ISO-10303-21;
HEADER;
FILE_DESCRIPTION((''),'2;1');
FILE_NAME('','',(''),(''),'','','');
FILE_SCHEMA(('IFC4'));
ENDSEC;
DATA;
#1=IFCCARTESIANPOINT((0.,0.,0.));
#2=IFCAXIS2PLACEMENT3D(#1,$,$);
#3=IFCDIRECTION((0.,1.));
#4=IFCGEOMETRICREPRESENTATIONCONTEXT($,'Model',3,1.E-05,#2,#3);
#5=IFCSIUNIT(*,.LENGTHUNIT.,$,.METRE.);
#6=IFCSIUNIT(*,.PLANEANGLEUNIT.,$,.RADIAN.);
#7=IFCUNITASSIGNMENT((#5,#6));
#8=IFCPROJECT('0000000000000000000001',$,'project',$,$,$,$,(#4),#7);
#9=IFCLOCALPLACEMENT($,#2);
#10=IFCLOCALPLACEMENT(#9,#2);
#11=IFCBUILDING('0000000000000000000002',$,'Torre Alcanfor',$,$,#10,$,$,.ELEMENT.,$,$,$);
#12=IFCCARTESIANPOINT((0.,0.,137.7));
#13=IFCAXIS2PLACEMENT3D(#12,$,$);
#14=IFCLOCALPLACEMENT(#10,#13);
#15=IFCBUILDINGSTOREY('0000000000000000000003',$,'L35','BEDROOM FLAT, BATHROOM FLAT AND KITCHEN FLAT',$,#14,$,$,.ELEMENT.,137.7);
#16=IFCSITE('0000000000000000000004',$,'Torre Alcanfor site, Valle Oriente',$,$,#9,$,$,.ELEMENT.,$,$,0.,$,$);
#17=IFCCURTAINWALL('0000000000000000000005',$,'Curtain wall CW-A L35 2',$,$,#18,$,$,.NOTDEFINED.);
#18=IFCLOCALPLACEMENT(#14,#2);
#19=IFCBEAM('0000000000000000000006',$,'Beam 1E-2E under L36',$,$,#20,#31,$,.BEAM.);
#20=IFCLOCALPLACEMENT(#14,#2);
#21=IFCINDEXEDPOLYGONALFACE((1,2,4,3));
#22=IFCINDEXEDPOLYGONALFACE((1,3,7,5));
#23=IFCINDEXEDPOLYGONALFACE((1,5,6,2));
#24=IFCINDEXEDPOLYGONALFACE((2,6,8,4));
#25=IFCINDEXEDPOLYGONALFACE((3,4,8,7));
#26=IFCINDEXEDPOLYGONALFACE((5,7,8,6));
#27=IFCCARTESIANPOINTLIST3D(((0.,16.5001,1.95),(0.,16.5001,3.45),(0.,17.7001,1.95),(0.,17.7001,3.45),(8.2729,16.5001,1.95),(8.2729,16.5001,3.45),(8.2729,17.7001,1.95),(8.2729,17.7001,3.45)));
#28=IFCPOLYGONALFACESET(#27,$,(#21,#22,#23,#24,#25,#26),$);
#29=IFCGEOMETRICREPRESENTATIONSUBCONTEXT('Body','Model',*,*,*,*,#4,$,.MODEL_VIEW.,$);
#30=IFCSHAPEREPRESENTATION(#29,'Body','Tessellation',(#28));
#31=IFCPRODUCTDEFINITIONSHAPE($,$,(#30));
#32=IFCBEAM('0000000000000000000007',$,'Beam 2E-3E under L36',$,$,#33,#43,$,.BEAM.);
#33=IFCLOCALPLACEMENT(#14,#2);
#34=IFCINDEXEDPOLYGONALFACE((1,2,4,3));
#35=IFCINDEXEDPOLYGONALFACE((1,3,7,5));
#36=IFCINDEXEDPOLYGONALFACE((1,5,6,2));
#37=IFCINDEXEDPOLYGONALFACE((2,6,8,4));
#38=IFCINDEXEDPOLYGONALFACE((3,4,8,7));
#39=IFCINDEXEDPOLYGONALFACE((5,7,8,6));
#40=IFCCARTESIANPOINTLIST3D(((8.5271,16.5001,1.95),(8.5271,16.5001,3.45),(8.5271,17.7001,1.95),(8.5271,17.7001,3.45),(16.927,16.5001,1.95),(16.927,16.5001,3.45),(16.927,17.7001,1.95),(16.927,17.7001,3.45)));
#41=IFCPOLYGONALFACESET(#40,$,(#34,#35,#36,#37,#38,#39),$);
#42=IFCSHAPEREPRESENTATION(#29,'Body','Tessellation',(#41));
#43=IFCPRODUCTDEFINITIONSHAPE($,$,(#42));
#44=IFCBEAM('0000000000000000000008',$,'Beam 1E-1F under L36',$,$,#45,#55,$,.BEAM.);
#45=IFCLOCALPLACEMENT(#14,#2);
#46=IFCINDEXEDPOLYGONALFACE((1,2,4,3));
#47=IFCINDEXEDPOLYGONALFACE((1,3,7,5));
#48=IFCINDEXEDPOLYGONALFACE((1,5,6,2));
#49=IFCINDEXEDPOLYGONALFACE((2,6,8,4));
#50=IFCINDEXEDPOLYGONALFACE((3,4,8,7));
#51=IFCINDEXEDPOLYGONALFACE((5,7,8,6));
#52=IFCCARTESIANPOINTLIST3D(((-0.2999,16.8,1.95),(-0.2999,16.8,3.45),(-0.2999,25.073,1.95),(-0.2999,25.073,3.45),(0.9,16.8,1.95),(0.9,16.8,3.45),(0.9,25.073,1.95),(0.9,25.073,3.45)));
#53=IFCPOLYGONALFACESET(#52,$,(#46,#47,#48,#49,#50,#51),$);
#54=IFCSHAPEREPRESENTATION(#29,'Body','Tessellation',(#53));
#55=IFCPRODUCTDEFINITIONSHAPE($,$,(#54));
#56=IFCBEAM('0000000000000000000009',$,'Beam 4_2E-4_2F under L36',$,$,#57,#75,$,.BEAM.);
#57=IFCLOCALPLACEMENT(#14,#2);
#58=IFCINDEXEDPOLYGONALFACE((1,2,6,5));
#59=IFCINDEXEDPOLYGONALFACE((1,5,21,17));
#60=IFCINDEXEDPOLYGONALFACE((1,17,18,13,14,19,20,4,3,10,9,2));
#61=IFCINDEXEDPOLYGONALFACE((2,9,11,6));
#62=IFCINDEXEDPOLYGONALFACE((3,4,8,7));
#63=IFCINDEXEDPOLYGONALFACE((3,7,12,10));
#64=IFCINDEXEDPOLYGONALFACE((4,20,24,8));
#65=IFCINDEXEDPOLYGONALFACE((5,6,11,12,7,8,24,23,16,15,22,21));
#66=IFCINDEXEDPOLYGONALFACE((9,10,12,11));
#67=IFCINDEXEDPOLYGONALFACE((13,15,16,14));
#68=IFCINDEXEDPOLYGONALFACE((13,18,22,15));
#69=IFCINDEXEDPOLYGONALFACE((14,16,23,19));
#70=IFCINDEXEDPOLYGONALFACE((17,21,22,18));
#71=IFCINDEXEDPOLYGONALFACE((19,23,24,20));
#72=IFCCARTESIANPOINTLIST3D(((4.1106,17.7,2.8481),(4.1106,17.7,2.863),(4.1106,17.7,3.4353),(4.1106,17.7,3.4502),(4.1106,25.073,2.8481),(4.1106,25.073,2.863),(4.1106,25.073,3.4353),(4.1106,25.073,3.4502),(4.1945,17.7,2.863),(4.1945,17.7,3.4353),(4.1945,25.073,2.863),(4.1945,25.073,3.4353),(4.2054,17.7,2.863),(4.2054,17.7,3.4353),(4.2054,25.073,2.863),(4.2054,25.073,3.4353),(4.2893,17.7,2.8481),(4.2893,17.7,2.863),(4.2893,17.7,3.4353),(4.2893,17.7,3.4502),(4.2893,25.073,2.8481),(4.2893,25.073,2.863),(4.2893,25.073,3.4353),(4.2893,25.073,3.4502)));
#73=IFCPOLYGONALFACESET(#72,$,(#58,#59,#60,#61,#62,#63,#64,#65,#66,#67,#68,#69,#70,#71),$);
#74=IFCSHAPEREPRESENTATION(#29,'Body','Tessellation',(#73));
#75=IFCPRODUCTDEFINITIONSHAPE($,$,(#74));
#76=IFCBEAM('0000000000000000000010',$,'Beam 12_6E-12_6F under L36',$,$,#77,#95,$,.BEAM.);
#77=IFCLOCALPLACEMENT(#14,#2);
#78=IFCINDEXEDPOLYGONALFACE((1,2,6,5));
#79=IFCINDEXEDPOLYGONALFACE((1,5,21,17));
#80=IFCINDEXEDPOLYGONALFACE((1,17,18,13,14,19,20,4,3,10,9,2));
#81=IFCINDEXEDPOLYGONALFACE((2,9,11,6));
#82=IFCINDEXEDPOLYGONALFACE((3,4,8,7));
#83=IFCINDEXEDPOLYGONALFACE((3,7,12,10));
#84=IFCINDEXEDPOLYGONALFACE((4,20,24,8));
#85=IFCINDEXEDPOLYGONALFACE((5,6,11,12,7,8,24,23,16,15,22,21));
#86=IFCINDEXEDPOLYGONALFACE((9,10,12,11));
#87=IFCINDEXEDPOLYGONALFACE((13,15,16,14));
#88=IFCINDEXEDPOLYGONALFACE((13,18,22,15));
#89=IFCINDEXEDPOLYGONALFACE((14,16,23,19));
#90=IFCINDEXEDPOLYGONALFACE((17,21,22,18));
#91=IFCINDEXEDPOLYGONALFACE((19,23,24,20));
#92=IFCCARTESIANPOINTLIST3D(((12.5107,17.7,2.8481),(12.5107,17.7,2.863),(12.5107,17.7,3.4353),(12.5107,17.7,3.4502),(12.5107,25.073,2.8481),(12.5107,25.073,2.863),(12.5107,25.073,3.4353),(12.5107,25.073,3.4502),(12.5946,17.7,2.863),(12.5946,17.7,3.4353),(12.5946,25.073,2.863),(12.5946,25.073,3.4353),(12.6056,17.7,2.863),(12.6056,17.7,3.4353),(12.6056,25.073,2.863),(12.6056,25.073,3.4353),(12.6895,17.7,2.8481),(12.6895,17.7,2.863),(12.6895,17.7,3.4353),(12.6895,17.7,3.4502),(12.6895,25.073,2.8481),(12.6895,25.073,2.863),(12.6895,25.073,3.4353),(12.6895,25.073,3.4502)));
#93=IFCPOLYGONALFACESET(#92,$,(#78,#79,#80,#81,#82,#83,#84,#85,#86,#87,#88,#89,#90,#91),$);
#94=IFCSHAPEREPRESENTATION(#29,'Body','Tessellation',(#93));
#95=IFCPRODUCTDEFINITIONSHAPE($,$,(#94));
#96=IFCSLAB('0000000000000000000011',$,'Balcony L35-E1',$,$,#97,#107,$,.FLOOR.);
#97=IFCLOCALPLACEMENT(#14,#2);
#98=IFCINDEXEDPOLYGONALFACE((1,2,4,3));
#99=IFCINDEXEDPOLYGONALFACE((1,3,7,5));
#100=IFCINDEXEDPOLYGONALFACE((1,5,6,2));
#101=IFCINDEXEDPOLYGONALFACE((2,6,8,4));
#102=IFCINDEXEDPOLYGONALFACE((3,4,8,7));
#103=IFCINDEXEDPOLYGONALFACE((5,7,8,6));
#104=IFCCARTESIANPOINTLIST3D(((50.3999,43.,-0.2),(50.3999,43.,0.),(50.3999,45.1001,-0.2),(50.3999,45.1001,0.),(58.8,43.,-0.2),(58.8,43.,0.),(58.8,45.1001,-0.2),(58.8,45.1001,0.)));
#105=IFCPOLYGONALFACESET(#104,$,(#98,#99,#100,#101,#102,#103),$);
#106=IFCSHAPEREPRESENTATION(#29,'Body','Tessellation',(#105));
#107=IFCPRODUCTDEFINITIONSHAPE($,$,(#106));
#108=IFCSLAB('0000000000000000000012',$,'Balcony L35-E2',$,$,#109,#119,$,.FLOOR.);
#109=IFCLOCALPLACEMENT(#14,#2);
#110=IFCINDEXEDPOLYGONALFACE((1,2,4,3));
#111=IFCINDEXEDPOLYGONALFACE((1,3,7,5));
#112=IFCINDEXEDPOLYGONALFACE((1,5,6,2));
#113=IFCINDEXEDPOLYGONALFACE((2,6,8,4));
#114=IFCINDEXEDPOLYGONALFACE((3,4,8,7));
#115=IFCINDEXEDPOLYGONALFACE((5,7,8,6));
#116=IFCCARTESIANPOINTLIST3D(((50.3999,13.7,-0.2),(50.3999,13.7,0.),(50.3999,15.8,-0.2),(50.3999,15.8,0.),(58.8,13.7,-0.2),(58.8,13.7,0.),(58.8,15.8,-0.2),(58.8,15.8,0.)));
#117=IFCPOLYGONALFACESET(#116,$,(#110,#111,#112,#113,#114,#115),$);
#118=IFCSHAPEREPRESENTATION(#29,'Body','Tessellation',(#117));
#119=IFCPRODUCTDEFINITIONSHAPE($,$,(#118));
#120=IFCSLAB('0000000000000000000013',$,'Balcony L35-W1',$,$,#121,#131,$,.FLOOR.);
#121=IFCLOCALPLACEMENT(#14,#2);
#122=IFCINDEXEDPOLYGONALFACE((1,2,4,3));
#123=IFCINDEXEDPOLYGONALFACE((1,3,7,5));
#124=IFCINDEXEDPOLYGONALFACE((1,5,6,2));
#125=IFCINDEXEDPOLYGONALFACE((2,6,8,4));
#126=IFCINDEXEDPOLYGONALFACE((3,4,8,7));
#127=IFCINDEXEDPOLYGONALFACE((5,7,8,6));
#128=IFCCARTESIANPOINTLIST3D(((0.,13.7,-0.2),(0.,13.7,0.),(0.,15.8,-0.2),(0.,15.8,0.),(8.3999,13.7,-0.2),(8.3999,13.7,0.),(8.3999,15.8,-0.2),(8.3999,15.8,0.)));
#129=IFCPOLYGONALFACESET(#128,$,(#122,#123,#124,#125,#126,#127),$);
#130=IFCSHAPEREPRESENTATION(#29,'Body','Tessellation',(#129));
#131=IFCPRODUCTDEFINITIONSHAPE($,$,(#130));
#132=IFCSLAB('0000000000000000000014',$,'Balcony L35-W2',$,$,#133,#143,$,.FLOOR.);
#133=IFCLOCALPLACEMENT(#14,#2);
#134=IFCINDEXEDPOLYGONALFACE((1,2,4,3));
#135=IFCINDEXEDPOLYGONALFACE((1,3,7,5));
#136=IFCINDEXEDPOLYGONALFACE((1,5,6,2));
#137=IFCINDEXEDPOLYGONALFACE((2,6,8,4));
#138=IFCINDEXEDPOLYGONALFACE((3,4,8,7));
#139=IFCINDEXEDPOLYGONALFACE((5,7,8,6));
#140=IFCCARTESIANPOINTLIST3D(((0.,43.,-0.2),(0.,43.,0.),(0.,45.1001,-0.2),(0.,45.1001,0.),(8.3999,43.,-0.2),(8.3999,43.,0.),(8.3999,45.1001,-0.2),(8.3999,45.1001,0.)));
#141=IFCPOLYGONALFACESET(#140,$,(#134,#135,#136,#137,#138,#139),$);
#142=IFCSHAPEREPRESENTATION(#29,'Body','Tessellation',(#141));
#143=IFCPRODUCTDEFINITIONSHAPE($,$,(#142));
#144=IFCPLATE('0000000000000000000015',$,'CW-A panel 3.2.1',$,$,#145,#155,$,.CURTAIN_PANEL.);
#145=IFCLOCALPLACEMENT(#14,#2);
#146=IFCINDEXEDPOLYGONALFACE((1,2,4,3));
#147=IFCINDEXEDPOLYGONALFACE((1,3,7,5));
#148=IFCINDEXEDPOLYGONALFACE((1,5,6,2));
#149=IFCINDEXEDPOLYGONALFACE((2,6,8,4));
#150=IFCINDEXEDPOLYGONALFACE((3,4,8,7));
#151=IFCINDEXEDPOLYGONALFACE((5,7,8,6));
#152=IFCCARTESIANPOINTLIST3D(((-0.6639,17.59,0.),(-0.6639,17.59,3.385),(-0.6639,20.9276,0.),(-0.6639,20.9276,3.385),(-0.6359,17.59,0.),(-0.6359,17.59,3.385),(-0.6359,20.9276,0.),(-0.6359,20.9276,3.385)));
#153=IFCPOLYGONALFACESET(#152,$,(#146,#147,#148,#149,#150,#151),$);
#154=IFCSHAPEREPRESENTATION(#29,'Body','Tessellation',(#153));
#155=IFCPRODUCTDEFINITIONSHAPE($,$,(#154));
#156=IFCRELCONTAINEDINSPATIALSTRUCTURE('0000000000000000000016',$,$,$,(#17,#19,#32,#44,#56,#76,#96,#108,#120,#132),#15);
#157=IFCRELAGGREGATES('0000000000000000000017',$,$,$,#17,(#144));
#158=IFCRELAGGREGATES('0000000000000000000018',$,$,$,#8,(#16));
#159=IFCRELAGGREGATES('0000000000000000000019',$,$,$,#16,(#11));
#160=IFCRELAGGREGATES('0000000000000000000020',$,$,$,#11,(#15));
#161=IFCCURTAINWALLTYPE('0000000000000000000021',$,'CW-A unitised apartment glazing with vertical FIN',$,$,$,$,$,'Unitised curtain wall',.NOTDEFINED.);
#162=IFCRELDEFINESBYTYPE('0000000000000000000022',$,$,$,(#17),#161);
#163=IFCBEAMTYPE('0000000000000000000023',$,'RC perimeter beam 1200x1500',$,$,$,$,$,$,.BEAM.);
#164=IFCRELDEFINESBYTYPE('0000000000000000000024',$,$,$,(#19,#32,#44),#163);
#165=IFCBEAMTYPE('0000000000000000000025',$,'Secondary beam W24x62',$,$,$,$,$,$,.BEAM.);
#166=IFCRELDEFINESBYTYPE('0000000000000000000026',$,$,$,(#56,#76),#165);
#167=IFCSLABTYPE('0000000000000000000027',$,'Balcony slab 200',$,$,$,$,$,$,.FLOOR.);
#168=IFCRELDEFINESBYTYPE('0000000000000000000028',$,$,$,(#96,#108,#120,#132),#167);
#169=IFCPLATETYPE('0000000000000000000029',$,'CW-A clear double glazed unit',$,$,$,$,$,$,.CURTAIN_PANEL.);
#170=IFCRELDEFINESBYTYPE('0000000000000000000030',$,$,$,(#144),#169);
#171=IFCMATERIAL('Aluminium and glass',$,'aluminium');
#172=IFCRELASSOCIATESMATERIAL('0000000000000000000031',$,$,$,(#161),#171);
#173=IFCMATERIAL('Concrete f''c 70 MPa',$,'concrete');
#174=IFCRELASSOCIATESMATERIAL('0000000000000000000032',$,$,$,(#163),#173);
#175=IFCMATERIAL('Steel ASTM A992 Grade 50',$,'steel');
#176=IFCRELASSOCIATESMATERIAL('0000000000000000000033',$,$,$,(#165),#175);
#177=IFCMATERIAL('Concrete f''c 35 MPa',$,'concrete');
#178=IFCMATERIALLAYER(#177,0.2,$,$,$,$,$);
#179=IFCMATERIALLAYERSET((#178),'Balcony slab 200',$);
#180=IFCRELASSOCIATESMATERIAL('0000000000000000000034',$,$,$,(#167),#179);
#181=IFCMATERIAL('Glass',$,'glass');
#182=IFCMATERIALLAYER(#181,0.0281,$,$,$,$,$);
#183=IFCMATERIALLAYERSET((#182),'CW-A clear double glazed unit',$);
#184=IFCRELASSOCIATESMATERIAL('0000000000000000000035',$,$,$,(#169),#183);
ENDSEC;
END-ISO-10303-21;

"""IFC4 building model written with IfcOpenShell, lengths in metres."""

from ifc_helpers import new_model, si_unit, direction, frame, origin, origin_2d, place, context, subcontext, project, spatial, polyline, rectangle, i_section, outline, extrude, material, layer, layer_set, material_profile, profile_set, type_object, element, aggregate, save


model = new_model("IFC4")

# Units and contexts
model_context = context("Model", 3, precision=1e-05, world=origin(), true_north=direction((0.0, 1.0)))
body_context = subcontext(model_context, "Body", "Model", "MODEL_VIEW")
ifc_project = project(units=[si_unit("LENGTHUNIT", "METRE"), si_unit("PLANEANGLEUNIT", "RADIAN")], contexts=[model_context])

# Site, building, storey
site_placement = place(None, origin())
site = spatial("IfcSite", under=ifc_project, at=site_placement, Name="Torre Alcanfor site, Valle Oriente", CompositionType="ELEMENT", RefElevation=0.0)
building_placement = place(site_placement, origin())
building = spatial("IfcBuilding", under=site, at=building_placement, Name="Torre Alcanfor", CompositionType="ELEMENT")
storey_placement = place(building_placement, frame((0.0, 0.0, 137.7)))
storey = spatial("IfcBuildingStorey", under=building, at=storey_placement, Name="L35", Description="BEDROOM FLAT, BATHROOM FLAT AND KITCHEN FLAT", CompositionType="ELEMENT", Elevation=137.7)

# Curtain wall
ifc_material_1 = material(Name="Aluminium and glass", Category="aluminium")
curtain_wall_type = type_object("IfcCurtainWallType", Name="CW-A unitised apartment glazing with vertical FIN", ElementType="Unitised curtain wall", PredefinedType="NOTDEFINED", material=ifc_material_1)
curtain_wall_placement = place(storey_placement, origin())
curtain_wall = element("IfcCurtainWall", 1, at=curtain_wall_placement, inside=storey, type_object=curtain_wall_type, Name="Curtain wall CW-A L35 2", PredefinedType="NOTDEFINED")

# Beams
ifc_material_2 = material(Name="Concrete f'c 70 MPa", Category="concrete")
ifc_material_profile_1 = material_profile(ifc_material_2, rectangle(XDim=1.2, YDim=1.5, at=origin_2d()), Name="1200x1500")
ifc_profile_set_1 = profile_set([ifc_material_profile_1], Name="Concrete f'c 70 MPa")
beam_type_1 = type_object("IfcBeamType", Name="RC perimeter beam 1200x1500", PredefinedType="BEAM", material=ifc_profile_set_1)
beam_1_placement = place(storey_placement, frame((0.0, 17.1001, 2.7), z_axis=(1.0, 0.0, 0.0), x_axis=(0.0, 1.0, 0.0)))
element("IfcBeam", 2, at=beam_1_placement, inside=storey, type_object=beam_type_1, Name="Beam 1E-2E under L36", PredefinedType="BEAM", context=body_context, shape_type="SweptSolid", body=[
    extrude(rectangle(XDim=1.2, YDim=1.5, at=origin_2d()), origin(), (0.0, 0.0, 1.0), 8.2729),
])
beam_2_placement = place(storey_placement, frame((8.5271, 17.1001, 2.7), z_axis=(1.0, 0.0, 0.0), x_axis=(0.0, 1.0, 0.0)))
element("IfcBeam", 3, at=beam_2_placement, inside=storey, type_object=beam_type_1, Name="Beam 2E-3E under L36", PredefinedType="BEAM", context=body_context, shape_type="SweptSolid", body=[
    extrude(rectangle(XDim=1.2, YDim=1.5, at=origin_2d()), origin(), (0.0, 0.0, 1.0), 8.3999),
])
beam_3_placement = place(storey_placement, frame((0.3, 16.8, 2.7), z_axis=(0.0, 1.0, 0.0), x_axis=(-1.0, 0.0, 0.0)))
element("IfcBeam", 4, at=beam_3_placement, inside=storey, type_object=beam_type_1, Name="Beam 1E-1F under L36", PredefinedType="BEAM", context=body_context, shape_type="SweptSolid", body=[
    extrude(rectangle(XDim=1.2, YDim=1.5, at=origin_2d()), origin(), (0.0, 0.0, 1.0), 8.2729),
])
ifc_material_3 = material(Name="Steel ASTM A992 Grade 50", Category="steel")
ifc_material_profile_2 = material_profile(ifc_material_3, i_section(OverallWidth=0.1787, OverallDepth=0.6021, WebThickness=0.011, FlangeThickness=0.0149, at=origin_2d()), Name="W24x62")
ifc_profile_set_2 = profile_set([ifc_material_profile_2], Name="Steel ASTM A992 Grade 50")
beam_type_2 = type_object("IfcBeamType", Name="Secondary beam W24x62", PredefinedType="BEAM", material=ifc_profile_set_2)
for number, where, z_axis, x_axis, name in (
    (5, (4.2, 17.7, 3.1492), (0.0, 1.0, 0.0), (-1.0, 0.0, 0.0), "Beam 4_2E-4_2F under L36"),
    (6, (12.6001, 17.7, 3.1492), (0.0, 1.0, 0.0), (-1.0, 0.0, 0.0), "Beam 12_6E-12_6F under L36"),
):
    element("IfcBeam", number, at=place(storey_placement, frame(where, z_axis=z_axis, x_axis=x_axis)), inside=storey, type_object=beam_type_2, Name=name, PredefinedType="BEAM", context=body_context, shape_type="SweptSolid", body=[
        extrude(i_section(OverallWidth=0.1787, OverallDepth=0.6021, WebThickness=0.011, FlangeThickness=0.0149, at=origin_2d()), origin(), (0.0, 0.0, 1.0), 7.373),
    ])

# Slabs
ifc_material_4 = material(Name="Concrete f'c 35 MPa", Category="concrete")
ifc_layer_1 = layer(ifc_material_4, 0.2)
ifc_layer_set_1 = layer_set([ifc_layer_1], Name="Balcony slab 200")
slab_type_1 = type_object("IfcSlabType", Name="Balcony slab 200", PredefinedType="FLOOR", material=ifc_layer_set_1)
slab_1_placement = place(storey_placement, frame((0.0, 0.0, -0.2)))
element("IfcSlab", 7, at=slab_1_placement, inside=storey, type_object=slab_type_1, Name="Balcony L35-E1", PredefinedType="FLOOR", context=body_context, shape_type="SweptSolid", body=[
    extrude(outline(polyline([(50.3999, 43.0), (58.8, 43.0), (58.8, 45.1001), (50.3999, 45.1001), (50.3999, 43.0)])), origin(), (0.0, 0.0, 1.0), 0.2),
])
slab_2_placement = place(storey_placement, frame((0.0, 0.0, -0.2)))
element("IfcSlab", 8, at=slab_2_placement, inside=storey, type_object=slab_type_1, Name="Balcony L35-E2", PredefinedType="FLOOR", context=body_context, shape_type="SweptSolid", body=[
    extrude(outline(polyline([(50.3999, 13.7), (58.8, 13.7), (58.8, 15.8), (50.3999, 15.8), (50.3999, 13.7)])), origin(), (0.0, 0.0, 1.0), 0.2),
])
slab_3_placement = place(storey_placement, frame((0.0, 0.0, -0.2)))
element("IfcSlab", 9, at=slab_3_placement, inside=storey, type_object=slab_type_1, Name="Balcony L35-W1", PredefinedType="FLOOR", context=body_context, shape_type="SweptSolid", body=[
    extrude(outline(polyline([(8.3999, 15.8), (0.0, 15.8), (0.0, 13.7), (8.3999, 13.7), (8.3999, 15.8)])), origin(), (0.0, 0.0, 1.0), 0.2),
])
slab_4_placement = place(storey_placement, frame((0.0, 0.0, -0.2)))
element("IfcSlab", 10, at=slab_4_placement, inside=storey, type_object=slab_type_1, Name="Balcony L35-W2", PredefinedType="FLOOR", context=body_context, shape_type="SweptSolid", body=[
    extrude(outline(polyline([(8.3999, 45.1001), (0.0, 45.1001), (0.0, 43.0), (8.3999, 43.0), (8.3999, 45.1001)])), origin(), (0.0, 0.0, 1.0), 0.2),
])

# Plate
ifc_material_5 = material(Name="Glass", Category="glass")
ifc_layer_2 = layer(ifc_material_5, 0.0281)
ifc_layer_set_2 = layer_set([ifc_layer_2], Name="CW-A clear double glazed unit")
plate_type = type_object("IfcPlateType", Name="CW-A clear double glazed unit", PredefinedType="CURTAIN_PANEL", material=ifc_layer_set_2)
plate_placement = place(storey_placement, frame((-0.6499, 19.2588, 0.0), z_axis=(0.0, 0.0, 1.0), x_axis=(0.0, -1.0, 0.0)))
plate = element("IfcPlate", 11, at=plate_placement, type_object=plate_type, Name="CW-A panel 3.2.1", PredefinedType="CURTAIN_PANEL", context=body_context, shape_type="SweptSolid", body=[
    extrude(rectangle(XDim=3.3376, YDim=0.0281, at=origin_2d()), origin(), (0.0, 0.0, 1.0), 3.385),
])
aggregate(curtain_wall, [plate])

save(model, "model.ifc")
